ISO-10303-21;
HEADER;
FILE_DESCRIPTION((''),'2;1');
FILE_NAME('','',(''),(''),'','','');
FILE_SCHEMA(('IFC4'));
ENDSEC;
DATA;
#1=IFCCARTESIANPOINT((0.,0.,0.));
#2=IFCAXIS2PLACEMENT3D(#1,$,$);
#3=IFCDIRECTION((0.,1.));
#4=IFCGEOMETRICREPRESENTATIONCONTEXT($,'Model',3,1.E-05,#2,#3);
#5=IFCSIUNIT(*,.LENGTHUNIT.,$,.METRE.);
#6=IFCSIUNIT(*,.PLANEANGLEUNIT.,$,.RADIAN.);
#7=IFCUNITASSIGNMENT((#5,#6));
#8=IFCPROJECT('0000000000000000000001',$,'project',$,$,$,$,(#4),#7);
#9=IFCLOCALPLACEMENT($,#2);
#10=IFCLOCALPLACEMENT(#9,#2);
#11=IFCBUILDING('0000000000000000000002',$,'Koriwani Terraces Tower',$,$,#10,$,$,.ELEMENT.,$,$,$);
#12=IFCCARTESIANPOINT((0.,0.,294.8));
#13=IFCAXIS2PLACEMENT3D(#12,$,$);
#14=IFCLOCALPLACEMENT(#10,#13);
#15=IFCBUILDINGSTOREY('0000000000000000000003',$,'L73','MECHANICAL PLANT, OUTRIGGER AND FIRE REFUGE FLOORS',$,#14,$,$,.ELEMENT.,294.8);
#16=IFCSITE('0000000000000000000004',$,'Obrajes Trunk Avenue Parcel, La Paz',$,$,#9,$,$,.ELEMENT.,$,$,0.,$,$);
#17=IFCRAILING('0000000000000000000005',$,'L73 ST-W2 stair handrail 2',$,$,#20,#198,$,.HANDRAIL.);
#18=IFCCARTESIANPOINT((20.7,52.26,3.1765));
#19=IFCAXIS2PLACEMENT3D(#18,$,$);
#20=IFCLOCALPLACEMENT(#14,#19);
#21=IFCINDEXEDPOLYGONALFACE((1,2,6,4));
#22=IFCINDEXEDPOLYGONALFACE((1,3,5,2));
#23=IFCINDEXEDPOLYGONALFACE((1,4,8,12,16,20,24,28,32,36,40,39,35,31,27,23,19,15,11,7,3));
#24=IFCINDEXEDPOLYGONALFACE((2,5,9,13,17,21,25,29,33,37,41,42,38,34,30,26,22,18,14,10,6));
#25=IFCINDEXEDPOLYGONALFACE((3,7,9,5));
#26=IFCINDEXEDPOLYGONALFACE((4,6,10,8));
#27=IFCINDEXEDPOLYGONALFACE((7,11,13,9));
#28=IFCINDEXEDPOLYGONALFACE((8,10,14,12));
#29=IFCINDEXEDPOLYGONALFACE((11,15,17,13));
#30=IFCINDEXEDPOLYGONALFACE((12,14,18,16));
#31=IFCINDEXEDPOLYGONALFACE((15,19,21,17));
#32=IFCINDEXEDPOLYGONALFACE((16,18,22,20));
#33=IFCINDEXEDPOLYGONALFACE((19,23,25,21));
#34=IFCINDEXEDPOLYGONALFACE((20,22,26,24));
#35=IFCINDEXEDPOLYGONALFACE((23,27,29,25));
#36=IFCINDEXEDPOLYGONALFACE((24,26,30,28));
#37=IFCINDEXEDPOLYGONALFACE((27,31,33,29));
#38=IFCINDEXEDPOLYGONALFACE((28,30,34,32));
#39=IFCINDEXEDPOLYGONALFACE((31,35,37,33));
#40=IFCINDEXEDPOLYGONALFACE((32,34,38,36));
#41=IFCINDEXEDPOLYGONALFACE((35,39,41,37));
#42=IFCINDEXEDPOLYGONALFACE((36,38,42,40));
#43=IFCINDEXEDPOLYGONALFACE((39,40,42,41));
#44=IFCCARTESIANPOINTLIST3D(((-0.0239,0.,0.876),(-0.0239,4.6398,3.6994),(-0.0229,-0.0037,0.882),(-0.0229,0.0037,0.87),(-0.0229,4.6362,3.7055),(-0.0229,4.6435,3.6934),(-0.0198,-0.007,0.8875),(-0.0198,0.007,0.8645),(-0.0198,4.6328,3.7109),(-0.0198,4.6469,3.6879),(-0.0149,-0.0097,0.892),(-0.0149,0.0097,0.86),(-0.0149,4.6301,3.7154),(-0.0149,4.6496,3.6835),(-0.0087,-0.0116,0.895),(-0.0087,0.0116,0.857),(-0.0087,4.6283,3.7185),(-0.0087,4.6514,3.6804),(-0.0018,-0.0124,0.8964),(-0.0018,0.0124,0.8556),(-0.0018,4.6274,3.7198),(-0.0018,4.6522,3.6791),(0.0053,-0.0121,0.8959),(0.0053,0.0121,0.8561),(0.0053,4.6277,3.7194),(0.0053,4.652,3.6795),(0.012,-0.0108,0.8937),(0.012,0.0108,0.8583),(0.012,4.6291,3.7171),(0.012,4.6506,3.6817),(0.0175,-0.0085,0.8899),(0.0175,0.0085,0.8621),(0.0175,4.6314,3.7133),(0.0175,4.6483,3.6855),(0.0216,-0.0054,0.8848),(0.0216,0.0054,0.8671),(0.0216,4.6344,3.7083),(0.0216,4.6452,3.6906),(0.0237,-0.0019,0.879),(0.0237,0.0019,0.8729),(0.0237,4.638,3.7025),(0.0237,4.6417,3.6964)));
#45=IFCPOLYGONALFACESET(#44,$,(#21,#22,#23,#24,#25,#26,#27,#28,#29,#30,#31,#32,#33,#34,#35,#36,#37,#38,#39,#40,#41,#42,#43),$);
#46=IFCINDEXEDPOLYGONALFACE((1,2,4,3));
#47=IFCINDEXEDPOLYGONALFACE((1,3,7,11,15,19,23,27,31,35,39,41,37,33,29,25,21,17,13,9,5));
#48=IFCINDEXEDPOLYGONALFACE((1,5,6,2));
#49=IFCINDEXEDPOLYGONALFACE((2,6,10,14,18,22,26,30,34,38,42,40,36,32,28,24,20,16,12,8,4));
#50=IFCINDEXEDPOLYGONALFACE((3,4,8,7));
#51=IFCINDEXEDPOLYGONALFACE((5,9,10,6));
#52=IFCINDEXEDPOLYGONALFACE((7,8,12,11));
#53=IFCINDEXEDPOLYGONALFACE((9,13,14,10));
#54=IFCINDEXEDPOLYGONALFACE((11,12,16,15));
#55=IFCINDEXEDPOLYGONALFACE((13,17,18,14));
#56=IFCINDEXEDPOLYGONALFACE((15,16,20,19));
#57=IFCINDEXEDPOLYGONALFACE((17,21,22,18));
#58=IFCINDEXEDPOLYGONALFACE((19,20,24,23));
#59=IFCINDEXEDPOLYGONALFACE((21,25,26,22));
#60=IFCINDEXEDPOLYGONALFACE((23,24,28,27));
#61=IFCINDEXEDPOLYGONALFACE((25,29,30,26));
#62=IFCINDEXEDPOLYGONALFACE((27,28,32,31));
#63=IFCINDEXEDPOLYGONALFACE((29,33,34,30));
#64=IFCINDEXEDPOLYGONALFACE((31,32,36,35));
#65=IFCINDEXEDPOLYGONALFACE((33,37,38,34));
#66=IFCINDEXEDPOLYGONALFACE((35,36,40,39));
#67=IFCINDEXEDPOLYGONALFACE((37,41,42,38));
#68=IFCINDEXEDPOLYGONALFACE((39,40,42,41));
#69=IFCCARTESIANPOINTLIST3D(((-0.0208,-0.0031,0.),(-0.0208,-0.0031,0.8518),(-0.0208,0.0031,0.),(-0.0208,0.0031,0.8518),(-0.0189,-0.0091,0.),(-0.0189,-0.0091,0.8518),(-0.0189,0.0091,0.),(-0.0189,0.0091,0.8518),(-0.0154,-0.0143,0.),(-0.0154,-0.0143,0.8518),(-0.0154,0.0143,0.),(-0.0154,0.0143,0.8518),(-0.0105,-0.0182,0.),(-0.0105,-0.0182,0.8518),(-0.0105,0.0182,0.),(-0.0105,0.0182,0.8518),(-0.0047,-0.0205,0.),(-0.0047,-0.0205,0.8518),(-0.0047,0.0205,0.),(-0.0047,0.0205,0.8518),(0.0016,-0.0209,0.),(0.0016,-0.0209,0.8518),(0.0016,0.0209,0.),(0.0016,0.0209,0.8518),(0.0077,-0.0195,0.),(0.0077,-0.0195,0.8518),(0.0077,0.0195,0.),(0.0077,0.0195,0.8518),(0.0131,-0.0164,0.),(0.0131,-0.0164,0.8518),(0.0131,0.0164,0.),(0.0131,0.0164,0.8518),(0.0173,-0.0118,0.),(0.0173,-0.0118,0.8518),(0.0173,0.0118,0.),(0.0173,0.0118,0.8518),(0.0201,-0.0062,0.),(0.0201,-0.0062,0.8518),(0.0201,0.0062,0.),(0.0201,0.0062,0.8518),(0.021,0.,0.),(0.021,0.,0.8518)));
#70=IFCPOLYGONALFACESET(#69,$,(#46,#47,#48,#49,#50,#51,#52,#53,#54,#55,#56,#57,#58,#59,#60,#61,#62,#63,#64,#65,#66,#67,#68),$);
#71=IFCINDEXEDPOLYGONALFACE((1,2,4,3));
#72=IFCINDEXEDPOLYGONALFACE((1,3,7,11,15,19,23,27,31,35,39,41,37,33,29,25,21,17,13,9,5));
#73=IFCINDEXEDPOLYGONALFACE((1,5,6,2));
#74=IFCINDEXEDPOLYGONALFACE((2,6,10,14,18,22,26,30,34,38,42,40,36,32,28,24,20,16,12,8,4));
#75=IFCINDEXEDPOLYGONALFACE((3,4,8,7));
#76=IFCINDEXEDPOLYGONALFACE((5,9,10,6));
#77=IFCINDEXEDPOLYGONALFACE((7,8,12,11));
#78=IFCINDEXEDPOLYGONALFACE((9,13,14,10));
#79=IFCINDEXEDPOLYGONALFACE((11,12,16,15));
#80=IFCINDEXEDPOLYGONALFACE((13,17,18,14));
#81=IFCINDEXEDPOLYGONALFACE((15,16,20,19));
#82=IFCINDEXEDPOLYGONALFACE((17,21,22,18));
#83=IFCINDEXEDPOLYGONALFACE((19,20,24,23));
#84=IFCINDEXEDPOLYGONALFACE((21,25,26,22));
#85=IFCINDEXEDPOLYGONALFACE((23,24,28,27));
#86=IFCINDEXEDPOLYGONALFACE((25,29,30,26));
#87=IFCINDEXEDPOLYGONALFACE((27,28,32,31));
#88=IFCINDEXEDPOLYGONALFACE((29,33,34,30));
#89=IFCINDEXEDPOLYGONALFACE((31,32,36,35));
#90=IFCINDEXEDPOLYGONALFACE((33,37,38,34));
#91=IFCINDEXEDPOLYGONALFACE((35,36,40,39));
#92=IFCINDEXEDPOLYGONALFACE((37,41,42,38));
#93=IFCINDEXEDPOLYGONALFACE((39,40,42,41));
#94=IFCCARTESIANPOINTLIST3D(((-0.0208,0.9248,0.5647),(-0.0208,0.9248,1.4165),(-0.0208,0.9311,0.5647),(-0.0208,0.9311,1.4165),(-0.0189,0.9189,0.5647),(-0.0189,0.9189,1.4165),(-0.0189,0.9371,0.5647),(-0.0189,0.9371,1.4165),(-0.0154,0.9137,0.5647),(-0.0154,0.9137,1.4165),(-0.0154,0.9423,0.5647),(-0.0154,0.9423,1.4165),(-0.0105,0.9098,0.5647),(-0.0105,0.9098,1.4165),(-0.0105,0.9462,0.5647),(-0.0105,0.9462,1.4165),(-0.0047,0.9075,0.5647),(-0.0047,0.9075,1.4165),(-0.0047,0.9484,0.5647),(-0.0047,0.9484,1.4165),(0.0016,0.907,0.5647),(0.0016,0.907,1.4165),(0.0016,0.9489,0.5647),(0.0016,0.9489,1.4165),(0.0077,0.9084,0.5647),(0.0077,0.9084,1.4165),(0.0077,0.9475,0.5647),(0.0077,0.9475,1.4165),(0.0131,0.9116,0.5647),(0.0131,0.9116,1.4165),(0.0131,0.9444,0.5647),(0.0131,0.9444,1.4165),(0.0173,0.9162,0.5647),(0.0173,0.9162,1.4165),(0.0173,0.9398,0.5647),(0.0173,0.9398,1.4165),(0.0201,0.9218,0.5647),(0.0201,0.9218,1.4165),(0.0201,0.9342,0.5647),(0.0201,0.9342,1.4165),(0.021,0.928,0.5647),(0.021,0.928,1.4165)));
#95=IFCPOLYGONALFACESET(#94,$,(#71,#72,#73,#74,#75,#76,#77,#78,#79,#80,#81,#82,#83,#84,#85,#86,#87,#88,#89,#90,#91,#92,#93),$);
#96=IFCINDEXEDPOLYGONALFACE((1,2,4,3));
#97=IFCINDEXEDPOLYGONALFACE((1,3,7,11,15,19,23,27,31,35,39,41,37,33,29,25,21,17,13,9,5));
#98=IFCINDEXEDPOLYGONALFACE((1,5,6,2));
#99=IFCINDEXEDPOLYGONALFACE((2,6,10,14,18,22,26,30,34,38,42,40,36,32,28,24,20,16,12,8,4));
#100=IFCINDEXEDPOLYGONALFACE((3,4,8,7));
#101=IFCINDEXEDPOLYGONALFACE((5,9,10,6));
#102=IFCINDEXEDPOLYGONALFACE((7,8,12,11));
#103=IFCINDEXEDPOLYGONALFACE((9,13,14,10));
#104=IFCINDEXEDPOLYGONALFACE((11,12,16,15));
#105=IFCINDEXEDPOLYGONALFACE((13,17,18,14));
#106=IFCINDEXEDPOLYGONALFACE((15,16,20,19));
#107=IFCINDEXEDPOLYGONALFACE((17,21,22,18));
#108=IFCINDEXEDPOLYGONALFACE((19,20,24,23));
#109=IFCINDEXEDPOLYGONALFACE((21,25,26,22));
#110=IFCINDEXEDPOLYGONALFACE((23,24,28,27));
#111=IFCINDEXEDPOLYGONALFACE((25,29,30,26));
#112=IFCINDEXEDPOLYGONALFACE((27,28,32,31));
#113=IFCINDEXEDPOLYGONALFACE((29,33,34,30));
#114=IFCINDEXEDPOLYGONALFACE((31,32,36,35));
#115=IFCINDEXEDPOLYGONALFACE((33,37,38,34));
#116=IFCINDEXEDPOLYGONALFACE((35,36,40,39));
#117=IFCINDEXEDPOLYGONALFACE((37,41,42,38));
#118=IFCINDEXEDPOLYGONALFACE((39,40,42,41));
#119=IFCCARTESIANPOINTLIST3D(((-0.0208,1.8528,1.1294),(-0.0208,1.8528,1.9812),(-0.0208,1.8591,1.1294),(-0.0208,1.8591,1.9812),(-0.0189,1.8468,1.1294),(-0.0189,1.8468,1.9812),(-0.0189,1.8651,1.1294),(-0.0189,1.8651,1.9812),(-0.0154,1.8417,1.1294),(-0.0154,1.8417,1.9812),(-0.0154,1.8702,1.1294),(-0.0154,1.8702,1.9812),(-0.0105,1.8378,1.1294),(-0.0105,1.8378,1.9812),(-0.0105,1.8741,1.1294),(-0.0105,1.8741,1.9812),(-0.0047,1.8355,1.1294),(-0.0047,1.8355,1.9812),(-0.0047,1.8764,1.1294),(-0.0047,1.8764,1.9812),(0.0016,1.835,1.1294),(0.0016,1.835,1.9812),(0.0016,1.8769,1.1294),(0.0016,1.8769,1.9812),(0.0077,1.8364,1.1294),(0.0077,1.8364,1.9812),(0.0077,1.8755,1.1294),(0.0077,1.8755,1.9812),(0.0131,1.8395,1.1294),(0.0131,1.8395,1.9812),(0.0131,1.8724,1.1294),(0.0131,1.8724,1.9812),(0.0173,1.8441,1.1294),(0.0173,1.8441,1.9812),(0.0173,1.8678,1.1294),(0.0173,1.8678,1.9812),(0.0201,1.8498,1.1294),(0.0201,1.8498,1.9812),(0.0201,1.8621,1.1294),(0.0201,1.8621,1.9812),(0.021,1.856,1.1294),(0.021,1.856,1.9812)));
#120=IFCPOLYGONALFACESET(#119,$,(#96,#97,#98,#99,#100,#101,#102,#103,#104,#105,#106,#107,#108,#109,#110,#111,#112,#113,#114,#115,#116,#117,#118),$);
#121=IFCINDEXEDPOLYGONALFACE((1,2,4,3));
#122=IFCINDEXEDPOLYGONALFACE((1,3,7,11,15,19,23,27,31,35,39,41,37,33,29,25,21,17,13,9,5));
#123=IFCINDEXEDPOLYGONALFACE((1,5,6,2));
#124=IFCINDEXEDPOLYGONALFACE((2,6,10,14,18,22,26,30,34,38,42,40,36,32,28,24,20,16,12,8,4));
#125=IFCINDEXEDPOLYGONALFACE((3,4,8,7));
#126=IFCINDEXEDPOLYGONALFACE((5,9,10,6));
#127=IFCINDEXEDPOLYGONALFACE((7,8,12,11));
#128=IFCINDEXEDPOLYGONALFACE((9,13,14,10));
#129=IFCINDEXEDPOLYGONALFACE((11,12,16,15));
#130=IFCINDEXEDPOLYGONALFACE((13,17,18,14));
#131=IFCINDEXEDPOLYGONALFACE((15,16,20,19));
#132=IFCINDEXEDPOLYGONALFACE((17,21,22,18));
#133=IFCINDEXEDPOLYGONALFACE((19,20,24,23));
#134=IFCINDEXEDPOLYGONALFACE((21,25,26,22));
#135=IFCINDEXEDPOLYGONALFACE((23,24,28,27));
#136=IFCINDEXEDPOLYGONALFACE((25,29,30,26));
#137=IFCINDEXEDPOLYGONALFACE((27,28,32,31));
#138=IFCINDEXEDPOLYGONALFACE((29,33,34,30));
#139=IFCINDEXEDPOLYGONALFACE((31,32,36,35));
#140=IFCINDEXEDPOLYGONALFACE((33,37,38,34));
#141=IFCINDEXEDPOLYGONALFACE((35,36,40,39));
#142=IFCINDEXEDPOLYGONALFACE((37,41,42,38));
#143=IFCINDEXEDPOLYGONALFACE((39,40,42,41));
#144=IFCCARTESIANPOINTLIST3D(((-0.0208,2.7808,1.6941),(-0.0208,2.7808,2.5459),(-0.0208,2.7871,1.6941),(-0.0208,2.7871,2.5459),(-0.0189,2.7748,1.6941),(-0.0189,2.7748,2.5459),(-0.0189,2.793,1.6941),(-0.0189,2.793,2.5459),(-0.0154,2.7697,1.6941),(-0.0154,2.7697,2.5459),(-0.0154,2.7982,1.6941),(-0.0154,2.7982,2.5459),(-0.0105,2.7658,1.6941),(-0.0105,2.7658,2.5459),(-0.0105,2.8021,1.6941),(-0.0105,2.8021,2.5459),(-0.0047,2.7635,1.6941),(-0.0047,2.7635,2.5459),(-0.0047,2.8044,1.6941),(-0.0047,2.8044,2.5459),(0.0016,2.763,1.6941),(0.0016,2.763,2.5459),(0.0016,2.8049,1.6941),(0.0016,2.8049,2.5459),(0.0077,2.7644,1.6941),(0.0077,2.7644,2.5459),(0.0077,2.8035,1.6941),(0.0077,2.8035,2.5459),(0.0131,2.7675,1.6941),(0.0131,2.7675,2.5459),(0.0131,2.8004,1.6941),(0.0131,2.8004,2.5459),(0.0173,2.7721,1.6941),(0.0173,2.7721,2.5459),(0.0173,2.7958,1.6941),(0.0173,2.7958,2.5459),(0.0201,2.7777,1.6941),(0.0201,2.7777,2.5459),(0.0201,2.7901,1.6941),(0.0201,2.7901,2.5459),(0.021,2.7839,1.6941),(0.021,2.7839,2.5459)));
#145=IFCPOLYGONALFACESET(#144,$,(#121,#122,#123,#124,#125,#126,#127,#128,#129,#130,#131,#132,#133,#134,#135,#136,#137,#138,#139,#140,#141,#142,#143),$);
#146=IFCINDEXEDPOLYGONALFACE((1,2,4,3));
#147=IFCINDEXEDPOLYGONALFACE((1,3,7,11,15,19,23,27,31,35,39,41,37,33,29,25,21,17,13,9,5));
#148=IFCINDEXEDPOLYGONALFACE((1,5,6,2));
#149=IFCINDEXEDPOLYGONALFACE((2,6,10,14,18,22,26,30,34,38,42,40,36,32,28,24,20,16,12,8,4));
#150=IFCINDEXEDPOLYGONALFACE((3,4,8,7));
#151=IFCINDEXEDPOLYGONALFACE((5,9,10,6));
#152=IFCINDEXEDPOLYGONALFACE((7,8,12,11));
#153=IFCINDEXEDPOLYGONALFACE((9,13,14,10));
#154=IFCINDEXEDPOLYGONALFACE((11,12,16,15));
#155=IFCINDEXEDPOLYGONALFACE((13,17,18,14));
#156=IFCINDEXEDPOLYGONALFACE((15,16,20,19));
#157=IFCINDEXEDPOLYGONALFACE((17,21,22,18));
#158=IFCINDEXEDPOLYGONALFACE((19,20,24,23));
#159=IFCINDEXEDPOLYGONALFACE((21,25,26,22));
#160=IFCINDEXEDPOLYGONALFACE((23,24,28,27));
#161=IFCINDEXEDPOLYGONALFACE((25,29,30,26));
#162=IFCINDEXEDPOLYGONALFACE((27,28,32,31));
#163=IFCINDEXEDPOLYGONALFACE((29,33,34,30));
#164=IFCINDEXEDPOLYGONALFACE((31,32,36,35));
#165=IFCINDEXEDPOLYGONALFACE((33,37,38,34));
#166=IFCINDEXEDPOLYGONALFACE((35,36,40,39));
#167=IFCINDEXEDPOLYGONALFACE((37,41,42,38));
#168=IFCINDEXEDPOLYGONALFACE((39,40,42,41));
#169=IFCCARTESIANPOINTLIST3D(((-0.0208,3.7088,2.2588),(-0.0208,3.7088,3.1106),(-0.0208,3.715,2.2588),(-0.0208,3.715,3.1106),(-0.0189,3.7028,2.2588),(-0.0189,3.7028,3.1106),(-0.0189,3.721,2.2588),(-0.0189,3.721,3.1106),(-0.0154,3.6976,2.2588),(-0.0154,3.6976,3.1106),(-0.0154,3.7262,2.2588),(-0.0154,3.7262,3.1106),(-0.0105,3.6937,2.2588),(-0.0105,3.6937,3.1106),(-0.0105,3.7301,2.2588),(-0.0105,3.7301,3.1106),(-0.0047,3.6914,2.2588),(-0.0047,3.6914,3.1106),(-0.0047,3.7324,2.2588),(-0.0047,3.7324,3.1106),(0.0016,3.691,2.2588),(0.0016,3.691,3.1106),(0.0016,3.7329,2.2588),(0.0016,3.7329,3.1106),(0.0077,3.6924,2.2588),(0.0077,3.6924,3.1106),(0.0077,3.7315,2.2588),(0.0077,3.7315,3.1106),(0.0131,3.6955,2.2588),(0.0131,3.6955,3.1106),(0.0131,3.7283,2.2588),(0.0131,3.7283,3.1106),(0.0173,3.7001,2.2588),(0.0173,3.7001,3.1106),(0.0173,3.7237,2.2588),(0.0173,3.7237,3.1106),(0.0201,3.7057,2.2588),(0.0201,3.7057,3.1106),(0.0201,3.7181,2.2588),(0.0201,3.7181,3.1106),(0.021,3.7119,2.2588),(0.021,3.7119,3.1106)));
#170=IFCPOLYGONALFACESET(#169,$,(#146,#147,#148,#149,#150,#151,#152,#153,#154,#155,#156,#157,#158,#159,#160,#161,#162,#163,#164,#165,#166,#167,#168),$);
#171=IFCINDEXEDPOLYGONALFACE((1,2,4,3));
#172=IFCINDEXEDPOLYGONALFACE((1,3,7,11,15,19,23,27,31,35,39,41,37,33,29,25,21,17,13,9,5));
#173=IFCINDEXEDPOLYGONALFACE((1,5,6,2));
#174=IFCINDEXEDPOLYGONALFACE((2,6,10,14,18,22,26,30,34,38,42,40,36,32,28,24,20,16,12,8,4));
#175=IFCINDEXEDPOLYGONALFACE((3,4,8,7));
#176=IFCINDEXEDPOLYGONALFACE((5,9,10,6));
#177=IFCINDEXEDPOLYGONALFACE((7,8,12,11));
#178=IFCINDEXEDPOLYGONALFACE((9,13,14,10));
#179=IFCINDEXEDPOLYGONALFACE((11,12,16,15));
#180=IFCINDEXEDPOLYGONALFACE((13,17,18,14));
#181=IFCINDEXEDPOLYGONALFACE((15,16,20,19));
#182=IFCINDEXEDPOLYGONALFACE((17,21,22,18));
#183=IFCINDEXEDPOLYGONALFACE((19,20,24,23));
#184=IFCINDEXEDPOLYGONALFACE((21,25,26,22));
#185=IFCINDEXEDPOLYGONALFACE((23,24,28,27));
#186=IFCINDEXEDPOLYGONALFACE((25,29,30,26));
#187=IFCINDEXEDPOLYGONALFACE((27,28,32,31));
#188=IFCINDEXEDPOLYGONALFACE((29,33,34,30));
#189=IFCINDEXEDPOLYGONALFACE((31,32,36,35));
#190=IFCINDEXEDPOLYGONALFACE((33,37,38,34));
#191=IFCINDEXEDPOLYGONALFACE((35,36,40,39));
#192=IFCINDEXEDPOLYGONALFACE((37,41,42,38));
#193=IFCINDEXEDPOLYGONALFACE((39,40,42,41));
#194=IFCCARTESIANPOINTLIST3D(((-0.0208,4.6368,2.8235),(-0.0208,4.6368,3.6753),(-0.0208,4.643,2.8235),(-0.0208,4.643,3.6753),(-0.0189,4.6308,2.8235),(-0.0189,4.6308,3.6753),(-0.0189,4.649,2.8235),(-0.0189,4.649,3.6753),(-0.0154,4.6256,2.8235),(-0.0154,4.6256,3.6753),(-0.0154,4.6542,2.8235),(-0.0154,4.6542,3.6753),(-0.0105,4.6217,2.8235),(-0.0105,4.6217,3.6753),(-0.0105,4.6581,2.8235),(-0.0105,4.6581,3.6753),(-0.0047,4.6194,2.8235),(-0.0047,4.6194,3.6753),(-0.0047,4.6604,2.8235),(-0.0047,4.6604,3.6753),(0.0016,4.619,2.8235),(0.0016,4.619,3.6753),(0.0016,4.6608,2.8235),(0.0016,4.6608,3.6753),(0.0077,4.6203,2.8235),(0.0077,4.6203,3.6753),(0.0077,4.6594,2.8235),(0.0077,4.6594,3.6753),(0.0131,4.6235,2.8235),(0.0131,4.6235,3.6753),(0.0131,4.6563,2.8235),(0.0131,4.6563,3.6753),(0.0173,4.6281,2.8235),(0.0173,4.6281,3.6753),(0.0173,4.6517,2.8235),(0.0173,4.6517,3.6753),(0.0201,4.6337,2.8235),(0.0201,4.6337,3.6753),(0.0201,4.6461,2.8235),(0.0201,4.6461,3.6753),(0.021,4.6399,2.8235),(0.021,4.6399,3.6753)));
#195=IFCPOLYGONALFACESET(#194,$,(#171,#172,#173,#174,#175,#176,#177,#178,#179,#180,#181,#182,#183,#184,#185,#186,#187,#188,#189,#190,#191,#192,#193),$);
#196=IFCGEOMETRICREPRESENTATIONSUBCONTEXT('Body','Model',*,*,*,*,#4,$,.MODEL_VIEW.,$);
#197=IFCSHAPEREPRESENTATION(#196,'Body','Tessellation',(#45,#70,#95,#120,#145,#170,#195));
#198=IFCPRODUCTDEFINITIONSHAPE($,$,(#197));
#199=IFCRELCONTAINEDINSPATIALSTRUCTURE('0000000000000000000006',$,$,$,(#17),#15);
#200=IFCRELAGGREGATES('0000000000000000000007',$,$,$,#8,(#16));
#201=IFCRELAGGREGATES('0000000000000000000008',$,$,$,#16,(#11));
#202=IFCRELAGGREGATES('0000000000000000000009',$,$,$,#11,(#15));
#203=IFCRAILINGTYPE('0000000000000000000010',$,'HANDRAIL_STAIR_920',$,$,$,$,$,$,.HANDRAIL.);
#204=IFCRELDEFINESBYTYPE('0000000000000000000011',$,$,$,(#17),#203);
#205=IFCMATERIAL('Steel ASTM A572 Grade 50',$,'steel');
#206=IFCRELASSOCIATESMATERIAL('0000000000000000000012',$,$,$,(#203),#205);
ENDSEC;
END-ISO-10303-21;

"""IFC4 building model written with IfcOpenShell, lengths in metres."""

from ifc_helpers import new_model, si_unit, direction, frame, origin, origin_2d, place, context, subcontext, project, spatial, circle, extrude, material, type_object, element, save


model = new_model("IFC4")

# Units and contexts
model_context = context("Model", 3, precision=1e-05, world=origin(), true_north=direction((0.0, 1.0)))
body_context = subcontext(model_context, "Body", "Model", "MODEL_VIEW")
ifc_project = project(units=[si_unit("LENGTHUNIT", "METRE"), si_unit("PLANEANGLEUNIT", "RADIAN")], contexts=[model_context])

# Site, building, storey
site_placement = place(None, origin())
site = spatial("IfcSite", under=ifc_project, at=site_placement, Name="Obrajes Trunk Avenue Parcel, La Paz", CompositionType="ELEMENT", RefElevation=0.0)
building_placement = place(site_placement, origin())
building = spatial("IfcBuilding", under=site, at=building_placement, Name="Koriwani Terraces Tower", CompositionType="ELEMENT")
storey_placement = place(building_placement, frame((0.0, 0.0, 294.8)))
storey = spatial("IfcBuildingStorey", under=building, at=storey_placement, Name="L73", Description="MECHANICAL PLANT, OUTRIGGER AND FIRE REFUGE FLOORS", CompositionType="ELEMENT", Elevation=294.8)

# Shared definitions
ifc_material_1 = material(Name="Steel ASTM A572 Grade 50", Category="steel")

# Railing
railing_type = type_object("IfcRailingType", Name="HANDRAIL_STAIR_920", PredefinedType="HANDRAIL", material=ifc_material_1)
railing_placement = place(storey_placement, frame((20.7, 52.26, 3.1765)))
element("IfcRailing", 1, at=railing_placement, inside=storey, type_object=railing_type, Name="L73 ST-W2 stair handrail 2", PredefinedType="HANDRAIL", context=body_context, shape_type="SweptSolid", body=[
    extrude(circle(Radius=0.0239, at=origin_2d()), frame((0.0, 0.0, 0.876), z_axis=(0.0, 0.854264, 0.51984), x_axis=(-1.0, 0.0, 0.0)), (0.0, 0.0, 1.0), 5.4314),
    extrude(circle(Radius=0.021, at=origin_2d()), origin(), (0.0, 0.0, 1.0), 0.8518),
    extrude(circle(Radius=0.021, at=origin_2d()), frame((0.0, 0.928, 0.5647)), (0.0, 0.0, 1.0), 0.8518),
    extrude(circle(Radius=0.021, at=origin_2d()), frame((0.0, 1.856, 1.1294)), (0.0, 0.0, 1.0), 0.8518),
    extrude(circle(Radius=0.021, at=origin_2d()), frame((0.0, 2.7839, 1.6941)), (0.0, 0.0, 1.0), 0.8518),
    extrude(circle(Radius=0.021, at=origin_2d()), frame((0.0, 3.7119, 2.2588)), (0.0, 0.0, 1.0), 0.8518),
    extrude(circle(Radius=0.021, at=origin_2d()), frame((0.0, 4.6399, 2.8235)), (0.0, 0.0, 1.0), 0.8518),
])

save(model, "model.ifc")
